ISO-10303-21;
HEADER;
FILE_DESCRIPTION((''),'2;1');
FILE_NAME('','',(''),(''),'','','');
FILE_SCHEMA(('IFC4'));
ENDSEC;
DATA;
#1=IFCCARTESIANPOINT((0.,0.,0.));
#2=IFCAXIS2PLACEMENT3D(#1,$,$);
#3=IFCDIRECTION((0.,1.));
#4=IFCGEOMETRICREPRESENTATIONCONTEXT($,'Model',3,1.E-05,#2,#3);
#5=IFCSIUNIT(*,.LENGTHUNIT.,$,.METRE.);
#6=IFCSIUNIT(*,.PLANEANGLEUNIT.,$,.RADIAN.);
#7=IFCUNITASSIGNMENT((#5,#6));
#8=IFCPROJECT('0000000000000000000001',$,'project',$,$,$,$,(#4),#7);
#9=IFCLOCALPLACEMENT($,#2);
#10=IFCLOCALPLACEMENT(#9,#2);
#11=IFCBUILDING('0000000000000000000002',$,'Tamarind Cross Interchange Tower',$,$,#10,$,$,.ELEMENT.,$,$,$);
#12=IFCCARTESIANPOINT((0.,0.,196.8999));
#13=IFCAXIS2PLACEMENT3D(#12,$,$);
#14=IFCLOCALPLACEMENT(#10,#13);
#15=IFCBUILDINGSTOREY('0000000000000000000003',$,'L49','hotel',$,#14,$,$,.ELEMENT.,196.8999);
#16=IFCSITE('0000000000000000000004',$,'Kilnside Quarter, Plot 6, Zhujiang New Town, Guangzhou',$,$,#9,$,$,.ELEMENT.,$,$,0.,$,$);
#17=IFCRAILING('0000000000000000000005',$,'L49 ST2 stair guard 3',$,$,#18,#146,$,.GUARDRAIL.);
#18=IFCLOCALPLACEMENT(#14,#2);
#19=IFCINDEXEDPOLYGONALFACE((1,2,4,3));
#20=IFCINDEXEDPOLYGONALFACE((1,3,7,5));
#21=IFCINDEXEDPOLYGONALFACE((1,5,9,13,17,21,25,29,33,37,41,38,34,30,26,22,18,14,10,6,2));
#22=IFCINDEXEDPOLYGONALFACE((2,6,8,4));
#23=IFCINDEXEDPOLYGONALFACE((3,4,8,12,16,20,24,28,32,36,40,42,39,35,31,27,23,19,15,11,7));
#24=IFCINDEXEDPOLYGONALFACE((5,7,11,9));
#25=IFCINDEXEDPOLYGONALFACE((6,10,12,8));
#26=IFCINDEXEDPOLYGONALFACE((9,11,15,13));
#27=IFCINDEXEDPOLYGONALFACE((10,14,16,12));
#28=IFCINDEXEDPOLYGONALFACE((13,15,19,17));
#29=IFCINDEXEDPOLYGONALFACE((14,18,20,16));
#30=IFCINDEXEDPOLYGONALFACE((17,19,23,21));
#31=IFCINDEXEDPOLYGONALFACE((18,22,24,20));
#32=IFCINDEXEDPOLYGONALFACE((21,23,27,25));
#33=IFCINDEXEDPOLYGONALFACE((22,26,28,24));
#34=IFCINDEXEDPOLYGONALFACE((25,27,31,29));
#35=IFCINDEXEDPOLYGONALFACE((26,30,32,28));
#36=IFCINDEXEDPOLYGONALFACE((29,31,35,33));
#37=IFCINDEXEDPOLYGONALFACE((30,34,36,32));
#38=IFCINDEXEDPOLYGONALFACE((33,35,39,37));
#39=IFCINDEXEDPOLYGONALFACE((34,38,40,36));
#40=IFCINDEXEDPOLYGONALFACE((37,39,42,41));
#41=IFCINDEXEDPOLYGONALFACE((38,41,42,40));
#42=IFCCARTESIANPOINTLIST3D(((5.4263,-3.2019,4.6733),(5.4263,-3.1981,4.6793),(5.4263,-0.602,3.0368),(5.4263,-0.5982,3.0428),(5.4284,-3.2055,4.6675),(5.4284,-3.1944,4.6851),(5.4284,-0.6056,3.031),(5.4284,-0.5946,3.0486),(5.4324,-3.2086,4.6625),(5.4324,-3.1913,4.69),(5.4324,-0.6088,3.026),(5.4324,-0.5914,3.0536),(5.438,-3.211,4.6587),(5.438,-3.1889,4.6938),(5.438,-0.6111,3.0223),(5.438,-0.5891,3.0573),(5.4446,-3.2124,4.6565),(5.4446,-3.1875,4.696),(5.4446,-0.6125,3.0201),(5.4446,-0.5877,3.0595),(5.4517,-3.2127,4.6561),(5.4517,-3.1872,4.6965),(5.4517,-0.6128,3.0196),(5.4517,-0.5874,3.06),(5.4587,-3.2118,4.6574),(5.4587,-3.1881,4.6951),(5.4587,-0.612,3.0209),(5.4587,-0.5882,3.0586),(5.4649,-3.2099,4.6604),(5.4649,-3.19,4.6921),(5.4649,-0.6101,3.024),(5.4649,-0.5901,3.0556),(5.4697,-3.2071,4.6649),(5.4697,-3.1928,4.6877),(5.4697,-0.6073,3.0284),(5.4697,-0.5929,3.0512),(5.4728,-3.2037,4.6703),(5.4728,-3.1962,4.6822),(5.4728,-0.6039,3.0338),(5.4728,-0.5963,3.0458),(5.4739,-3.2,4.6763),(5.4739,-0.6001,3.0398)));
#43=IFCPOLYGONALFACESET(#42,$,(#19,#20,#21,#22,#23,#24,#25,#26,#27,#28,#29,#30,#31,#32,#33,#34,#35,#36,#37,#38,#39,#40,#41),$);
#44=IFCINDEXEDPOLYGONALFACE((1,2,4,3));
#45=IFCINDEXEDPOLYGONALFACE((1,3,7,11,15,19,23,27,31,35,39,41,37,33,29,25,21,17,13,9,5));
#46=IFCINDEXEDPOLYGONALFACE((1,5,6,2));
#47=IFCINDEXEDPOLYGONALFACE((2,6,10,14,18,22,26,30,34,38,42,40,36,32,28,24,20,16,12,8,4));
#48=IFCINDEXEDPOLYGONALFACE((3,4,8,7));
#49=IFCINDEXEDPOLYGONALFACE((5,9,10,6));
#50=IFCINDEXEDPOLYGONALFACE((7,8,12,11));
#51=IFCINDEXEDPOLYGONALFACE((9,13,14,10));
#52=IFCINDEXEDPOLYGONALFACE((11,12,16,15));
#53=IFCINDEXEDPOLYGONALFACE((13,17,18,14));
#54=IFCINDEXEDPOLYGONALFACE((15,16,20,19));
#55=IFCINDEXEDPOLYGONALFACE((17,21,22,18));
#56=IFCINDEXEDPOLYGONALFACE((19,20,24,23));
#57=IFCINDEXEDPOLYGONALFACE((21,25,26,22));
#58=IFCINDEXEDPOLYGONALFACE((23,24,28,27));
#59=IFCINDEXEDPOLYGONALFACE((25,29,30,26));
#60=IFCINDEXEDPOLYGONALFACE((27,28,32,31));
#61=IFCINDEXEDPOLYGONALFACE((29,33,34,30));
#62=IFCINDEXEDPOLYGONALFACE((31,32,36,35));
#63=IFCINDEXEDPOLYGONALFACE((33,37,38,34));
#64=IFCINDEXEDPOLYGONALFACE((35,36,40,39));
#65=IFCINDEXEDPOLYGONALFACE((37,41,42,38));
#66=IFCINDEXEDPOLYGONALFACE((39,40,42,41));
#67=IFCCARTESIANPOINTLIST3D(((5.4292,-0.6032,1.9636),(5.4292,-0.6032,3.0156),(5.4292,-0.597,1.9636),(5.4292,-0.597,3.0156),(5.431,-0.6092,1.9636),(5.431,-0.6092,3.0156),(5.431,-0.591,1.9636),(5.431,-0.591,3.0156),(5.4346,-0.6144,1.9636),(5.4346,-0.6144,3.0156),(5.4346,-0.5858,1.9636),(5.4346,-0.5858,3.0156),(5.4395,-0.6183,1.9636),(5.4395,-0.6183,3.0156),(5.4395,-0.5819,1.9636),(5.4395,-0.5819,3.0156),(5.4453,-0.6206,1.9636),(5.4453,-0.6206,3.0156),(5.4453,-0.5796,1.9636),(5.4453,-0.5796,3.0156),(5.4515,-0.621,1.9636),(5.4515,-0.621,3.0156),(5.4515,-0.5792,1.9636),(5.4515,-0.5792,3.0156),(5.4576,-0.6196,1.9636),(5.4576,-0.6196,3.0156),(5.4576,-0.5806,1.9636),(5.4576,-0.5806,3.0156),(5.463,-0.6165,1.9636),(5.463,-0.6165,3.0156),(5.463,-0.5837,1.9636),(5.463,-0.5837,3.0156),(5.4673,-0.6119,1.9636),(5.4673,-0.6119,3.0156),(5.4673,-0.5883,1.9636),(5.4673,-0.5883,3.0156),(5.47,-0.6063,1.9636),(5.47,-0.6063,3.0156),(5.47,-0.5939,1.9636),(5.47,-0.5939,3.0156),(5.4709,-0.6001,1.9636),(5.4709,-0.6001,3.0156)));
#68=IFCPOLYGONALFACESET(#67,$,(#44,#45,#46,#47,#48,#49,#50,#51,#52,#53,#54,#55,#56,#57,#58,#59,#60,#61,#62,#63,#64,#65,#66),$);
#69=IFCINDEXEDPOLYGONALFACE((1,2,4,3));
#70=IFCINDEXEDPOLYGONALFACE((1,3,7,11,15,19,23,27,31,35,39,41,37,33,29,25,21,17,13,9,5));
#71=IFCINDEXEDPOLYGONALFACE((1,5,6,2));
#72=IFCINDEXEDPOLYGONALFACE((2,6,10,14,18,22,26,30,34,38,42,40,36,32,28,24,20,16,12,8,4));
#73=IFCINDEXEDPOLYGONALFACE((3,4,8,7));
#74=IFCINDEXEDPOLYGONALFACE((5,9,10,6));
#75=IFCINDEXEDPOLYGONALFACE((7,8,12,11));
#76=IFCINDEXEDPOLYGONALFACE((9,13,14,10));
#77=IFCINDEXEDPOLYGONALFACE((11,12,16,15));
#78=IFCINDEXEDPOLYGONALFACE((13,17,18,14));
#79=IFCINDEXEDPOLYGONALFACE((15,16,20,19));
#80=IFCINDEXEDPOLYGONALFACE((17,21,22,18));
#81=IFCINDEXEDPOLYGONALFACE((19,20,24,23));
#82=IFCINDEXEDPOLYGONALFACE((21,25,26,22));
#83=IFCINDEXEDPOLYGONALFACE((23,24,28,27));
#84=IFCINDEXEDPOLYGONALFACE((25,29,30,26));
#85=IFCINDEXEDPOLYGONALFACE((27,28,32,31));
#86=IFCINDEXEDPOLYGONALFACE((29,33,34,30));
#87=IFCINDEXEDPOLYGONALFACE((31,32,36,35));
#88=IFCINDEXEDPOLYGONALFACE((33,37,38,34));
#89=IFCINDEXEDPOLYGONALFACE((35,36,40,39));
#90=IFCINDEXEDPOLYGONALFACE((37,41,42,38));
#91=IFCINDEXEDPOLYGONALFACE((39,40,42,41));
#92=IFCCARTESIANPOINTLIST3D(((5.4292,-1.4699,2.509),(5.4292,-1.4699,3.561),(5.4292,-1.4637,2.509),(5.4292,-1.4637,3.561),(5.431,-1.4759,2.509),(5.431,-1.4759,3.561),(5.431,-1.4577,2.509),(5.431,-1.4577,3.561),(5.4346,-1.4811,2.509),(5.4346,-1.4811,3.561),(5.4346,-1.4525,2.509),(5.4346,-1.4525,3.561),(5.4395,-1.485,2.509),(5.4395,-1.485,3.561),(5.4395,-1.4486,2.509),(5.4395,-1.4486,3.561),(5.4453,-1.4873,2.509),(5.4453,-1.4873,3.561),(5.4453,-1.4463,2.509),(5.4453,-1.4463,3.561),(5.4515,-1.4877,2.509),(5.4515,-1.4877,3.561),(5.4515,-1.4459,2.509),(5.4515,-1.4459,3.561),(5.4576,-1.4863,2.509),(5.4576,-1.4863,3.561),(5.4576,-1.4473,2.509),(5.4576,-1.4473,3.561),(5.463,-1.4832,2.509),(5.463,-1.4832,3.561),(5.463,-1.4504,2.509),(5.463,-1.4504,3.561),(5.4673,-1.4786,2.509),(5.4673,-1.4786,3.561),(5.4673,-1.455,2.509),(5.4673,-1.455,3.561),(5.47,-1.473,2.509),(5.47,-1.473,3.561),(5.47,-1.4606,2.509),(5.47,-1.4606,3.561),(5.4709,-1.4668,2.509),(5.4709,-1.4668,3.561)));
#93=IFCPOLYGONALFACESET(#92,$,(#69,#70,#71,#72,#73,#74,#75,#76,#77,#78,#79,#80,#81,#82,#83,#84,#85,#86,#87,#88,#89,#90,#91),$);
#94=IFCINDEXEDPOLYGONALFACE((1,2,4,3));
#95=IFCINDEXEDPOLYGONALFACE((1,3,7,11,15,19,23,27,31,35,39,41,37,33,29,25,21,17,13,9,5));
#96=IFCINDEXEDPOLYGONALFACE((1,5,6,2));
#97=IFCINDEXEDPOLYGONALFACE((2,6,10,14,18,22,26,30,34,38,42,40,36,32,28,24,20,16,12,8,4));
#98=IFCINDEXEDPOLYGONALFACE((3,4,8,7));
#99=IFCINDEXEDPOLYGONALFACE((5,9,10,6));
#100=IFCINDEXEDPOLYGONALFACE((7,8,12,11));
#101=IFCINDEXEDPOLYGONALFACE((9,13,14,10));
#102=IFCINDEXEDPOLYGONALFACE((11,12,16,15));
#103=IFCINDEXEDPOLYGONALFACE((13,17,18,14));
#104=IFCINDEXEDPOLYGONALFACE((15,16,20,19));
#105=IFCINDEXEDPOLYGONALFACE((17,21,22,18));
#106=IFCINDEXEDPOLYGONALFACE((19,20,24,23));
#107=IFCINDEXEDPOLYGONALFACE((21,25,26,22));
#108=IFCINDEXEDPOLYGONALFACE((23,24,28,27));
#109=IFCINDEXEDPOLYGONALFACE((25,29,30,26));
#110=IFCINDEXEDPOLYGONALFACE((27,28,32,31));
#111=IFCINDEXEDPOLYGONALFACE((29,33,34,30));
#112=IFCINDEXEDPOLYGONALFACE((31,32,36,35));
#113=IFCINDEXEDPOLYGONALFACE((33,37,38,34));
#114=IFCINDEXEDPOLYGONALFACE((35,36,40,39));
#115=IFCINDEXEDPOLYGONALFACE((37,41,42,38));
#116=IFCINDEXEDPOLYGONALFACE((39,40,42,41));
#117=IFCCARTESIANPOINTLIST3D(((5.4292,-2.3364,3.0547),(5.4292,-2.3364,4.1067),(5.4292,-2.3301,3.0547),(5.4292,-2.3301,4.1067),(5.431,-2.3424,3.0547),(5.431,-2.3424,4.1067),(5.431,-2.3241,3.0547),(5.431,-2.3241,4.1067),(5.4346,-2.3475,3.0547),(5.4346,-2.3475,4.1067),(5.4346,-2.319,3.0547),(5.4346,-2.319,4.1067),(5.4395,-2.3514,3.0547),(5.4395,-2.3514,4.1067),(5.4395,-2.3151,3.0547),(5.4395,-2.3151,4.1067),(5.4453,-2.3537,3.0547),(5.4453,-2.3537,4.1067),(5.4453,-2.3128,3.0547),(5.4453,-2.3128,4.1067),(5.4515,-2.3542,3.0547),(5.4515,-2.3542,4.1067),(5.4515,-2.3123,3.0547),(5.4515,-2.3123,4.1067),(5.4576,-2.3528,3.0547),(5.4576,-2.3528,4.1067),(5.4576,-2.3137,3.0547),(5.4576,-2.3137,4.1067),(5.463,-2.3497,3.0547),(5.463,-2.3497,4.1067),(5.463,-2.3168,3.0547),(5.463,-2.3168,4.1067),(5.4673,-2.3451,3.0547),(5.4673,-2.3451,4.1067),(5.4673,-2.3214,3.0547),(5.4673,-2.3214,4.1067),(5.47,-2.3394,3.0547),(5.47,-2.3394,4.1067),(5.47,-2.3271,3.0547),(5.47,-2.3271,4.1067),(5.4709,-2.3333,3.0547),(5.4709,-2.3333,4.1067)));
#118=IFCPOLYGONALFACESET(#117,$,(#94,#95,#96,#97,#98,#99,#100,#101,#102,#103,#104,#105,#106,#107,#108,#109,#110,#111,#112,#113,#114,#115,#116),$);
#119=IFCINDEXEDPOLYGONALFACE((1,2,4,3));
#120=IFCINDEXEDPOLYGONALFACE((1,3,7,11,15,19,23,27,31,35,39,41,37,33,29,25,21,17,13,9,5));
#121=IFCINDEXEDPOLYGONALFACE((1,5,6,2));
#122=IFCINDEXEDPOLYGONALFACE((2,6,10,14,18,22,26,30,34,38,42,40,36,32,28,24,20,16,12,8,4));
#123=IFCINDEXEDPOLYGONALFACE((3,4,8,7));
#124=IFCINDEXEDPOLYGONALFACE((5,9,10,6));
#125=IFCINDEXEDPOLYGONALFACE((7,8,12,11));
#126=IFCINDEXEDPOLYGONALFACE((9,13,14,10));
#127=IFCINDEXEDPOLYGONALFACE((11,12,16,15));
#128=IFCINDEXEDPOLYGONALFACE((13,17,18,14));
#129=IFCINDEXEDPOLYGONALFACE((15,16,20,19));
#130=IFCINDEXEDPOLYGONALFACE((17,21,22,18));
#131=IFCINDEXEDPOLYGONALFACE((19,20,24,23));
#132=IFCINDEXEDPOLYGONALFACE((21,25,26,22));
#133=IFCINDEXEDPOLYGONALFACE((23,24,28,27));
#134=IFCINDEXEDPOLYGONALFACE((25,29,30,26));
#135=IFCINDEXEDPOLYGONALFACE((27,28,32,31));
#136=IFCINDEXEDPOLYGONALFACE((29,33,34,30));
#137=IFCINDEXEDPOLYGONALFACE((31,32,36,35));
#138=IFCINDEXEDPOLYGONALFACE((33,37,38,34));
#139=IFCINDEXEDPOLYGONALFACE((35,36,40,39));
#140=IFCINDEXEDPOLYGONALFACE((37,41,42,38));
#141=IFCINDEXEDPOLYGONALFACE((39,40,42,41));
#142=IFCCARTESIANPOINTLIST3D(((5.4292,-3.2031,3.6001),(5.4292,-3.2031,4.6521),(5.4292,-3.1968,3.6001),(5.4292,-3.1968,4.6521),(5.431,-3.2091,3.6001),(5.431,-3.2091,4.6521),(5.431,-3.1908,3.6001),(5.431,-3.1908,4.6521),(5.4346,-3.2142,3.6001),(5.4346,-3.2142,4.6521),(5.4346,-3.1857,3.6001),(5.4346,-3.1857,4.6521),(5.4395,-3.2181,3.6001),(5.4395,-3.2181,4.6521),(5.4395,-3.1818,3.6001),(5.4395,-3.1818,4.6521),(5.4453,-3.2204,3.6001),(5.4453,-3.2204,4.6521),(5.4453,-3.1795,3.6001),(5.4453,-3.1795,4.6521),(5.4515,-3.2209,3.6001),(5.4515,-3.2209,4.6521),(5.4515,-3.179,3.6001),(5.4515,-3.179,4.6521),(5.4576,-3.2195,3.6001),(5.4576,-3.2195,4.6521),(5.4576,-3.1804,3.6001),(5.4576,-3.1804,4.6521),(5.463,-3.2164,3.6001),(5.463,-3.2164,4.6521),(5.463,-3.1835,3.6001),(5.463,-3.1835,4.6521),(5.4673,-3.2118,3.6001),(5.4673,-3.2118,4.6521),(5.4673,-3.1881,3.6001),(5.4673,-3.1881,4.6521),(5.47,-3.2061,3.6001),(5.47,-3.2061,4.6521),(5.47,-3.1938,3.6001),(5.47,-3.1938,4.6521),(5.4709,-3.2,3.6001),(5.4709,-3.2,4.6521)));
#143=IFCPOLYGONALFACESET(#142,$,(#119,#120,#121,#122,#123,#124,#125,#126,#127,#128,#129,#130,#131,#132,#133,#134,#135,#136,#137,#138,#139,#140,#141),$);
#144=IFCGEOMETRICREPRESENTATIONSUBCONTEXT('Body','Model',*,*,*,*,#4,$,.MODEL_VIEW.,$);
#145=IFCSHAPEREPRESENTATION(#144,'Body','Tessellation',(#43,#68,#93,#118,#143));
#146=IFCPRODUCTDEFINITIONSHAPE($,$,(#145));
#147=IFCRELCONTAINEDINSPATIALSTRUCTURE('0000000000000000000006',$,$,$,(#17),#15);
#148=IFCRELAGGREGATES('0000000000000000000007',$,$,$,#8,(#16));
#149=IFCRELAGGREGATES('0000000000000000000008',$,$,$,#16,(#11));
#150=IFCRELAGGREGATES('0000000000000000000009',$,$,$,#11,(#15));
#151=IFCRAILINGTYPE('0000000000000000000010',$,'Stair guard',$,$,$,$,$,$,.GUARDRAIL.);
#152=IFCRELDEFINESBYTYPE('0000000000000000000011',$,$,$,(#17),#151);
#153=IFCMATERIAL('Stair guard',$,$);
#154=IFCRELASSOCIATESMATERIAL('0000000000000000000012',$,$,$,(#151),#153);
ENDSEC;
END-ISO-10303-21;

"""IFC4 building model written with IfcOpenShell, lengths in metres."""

from ifc_helpers import new_model, si_unit, direction, frame, origin, origin_2d, place, context, subcontext, project, spatial, circle, extrude, material, type_object, element, save


model = new_model("IFC4")

# Units and contexts
model_context = context("Model", 3, precision=1e-05, world=origin(), true_north=direction((0.0, 1.0)))
body_context = subcontext(model_context, "Body", "Model", "MODEL_VIEW")
ifc_project = project(units=[si_unit("LENGTHUNIT", "METRE"), si_unit("PLANEANGLEUNIT", "RADIAN")], contexts=[model_context])

# Site, building, storey
site_placement = place(None, origin())
site = spatial("IfcSite", under=ifc_project, at=site_placement, Name="Kilnside Quarter, Plot 6, Zhujiang New Town, Guangzhou", CompositionType="ELEMENT", RefElevation=0.0)
building_placement = place(site_placement, origin())
building = spatial("IfcBuilding", under=site, at=building_placement, Name="Tamarind Cross Interchange Tower", CompositionType="ELEMENT")
storey_placement = place(building_placement, frame((0.0, 0.0, 196.8999)))
storey = spatial("IfcBuildingStorey", under=building, at=storey_placement, Name="L49", Description="hotel", CompositionType="ELEMENT", Elevation=196.8999)

# Railing
ifc_material_1 = material(Name="Stair guard")
railing_type_1 = type_object("IfcRailingType", Name="Stair guard", PredefinedType="GUARDRAIL", material=ifc_material_1)
railing_1_placement = place(storey_placement, frame((5.45, -0.6001, 1.9636)))
element("IfcRailing", 1, at=railing_1_placement, inside=storey, type_object=railing_type_1, Name="L49 ST2 stair guard 3", PredefinedType="GUARDRAIL", context=body_context, shape_type="SweptSolid", body=[
    extrude(circle(Radius=0.0239, at=origin_2d()), frame((0.0, 0.0, 1.0762), z_axis=(0.0, -0.846302, 0.532704), x_axis=(1.0, 0.0, 0.0)), (0.0, 0.0, 1.0), 3.072),
    extrude(circle(Radius=0.021, at=origin_2d()), origin(), (0.0, 0.0, 1.0), 1.052),
    extrude(circle(Radius=0.021, at=origin_2d()), frame((0.0, -0.8667, 0.5454)), (0.0, 0.0, 1.0), 1.052),
    extrude(circle(Radius=0.021, at=origin_2d()), frame((0.0, -1.7332, 1.0911)), (0.0, 0.0, 1.0), 1.052),
    extrude(circle(Radius=0.021, at=origin_2d()), frame((0.0, -2.5999, 1.6365)), (0.0, 0.0, 1.0), 1.052),
])

save(model, "model.ifc")
